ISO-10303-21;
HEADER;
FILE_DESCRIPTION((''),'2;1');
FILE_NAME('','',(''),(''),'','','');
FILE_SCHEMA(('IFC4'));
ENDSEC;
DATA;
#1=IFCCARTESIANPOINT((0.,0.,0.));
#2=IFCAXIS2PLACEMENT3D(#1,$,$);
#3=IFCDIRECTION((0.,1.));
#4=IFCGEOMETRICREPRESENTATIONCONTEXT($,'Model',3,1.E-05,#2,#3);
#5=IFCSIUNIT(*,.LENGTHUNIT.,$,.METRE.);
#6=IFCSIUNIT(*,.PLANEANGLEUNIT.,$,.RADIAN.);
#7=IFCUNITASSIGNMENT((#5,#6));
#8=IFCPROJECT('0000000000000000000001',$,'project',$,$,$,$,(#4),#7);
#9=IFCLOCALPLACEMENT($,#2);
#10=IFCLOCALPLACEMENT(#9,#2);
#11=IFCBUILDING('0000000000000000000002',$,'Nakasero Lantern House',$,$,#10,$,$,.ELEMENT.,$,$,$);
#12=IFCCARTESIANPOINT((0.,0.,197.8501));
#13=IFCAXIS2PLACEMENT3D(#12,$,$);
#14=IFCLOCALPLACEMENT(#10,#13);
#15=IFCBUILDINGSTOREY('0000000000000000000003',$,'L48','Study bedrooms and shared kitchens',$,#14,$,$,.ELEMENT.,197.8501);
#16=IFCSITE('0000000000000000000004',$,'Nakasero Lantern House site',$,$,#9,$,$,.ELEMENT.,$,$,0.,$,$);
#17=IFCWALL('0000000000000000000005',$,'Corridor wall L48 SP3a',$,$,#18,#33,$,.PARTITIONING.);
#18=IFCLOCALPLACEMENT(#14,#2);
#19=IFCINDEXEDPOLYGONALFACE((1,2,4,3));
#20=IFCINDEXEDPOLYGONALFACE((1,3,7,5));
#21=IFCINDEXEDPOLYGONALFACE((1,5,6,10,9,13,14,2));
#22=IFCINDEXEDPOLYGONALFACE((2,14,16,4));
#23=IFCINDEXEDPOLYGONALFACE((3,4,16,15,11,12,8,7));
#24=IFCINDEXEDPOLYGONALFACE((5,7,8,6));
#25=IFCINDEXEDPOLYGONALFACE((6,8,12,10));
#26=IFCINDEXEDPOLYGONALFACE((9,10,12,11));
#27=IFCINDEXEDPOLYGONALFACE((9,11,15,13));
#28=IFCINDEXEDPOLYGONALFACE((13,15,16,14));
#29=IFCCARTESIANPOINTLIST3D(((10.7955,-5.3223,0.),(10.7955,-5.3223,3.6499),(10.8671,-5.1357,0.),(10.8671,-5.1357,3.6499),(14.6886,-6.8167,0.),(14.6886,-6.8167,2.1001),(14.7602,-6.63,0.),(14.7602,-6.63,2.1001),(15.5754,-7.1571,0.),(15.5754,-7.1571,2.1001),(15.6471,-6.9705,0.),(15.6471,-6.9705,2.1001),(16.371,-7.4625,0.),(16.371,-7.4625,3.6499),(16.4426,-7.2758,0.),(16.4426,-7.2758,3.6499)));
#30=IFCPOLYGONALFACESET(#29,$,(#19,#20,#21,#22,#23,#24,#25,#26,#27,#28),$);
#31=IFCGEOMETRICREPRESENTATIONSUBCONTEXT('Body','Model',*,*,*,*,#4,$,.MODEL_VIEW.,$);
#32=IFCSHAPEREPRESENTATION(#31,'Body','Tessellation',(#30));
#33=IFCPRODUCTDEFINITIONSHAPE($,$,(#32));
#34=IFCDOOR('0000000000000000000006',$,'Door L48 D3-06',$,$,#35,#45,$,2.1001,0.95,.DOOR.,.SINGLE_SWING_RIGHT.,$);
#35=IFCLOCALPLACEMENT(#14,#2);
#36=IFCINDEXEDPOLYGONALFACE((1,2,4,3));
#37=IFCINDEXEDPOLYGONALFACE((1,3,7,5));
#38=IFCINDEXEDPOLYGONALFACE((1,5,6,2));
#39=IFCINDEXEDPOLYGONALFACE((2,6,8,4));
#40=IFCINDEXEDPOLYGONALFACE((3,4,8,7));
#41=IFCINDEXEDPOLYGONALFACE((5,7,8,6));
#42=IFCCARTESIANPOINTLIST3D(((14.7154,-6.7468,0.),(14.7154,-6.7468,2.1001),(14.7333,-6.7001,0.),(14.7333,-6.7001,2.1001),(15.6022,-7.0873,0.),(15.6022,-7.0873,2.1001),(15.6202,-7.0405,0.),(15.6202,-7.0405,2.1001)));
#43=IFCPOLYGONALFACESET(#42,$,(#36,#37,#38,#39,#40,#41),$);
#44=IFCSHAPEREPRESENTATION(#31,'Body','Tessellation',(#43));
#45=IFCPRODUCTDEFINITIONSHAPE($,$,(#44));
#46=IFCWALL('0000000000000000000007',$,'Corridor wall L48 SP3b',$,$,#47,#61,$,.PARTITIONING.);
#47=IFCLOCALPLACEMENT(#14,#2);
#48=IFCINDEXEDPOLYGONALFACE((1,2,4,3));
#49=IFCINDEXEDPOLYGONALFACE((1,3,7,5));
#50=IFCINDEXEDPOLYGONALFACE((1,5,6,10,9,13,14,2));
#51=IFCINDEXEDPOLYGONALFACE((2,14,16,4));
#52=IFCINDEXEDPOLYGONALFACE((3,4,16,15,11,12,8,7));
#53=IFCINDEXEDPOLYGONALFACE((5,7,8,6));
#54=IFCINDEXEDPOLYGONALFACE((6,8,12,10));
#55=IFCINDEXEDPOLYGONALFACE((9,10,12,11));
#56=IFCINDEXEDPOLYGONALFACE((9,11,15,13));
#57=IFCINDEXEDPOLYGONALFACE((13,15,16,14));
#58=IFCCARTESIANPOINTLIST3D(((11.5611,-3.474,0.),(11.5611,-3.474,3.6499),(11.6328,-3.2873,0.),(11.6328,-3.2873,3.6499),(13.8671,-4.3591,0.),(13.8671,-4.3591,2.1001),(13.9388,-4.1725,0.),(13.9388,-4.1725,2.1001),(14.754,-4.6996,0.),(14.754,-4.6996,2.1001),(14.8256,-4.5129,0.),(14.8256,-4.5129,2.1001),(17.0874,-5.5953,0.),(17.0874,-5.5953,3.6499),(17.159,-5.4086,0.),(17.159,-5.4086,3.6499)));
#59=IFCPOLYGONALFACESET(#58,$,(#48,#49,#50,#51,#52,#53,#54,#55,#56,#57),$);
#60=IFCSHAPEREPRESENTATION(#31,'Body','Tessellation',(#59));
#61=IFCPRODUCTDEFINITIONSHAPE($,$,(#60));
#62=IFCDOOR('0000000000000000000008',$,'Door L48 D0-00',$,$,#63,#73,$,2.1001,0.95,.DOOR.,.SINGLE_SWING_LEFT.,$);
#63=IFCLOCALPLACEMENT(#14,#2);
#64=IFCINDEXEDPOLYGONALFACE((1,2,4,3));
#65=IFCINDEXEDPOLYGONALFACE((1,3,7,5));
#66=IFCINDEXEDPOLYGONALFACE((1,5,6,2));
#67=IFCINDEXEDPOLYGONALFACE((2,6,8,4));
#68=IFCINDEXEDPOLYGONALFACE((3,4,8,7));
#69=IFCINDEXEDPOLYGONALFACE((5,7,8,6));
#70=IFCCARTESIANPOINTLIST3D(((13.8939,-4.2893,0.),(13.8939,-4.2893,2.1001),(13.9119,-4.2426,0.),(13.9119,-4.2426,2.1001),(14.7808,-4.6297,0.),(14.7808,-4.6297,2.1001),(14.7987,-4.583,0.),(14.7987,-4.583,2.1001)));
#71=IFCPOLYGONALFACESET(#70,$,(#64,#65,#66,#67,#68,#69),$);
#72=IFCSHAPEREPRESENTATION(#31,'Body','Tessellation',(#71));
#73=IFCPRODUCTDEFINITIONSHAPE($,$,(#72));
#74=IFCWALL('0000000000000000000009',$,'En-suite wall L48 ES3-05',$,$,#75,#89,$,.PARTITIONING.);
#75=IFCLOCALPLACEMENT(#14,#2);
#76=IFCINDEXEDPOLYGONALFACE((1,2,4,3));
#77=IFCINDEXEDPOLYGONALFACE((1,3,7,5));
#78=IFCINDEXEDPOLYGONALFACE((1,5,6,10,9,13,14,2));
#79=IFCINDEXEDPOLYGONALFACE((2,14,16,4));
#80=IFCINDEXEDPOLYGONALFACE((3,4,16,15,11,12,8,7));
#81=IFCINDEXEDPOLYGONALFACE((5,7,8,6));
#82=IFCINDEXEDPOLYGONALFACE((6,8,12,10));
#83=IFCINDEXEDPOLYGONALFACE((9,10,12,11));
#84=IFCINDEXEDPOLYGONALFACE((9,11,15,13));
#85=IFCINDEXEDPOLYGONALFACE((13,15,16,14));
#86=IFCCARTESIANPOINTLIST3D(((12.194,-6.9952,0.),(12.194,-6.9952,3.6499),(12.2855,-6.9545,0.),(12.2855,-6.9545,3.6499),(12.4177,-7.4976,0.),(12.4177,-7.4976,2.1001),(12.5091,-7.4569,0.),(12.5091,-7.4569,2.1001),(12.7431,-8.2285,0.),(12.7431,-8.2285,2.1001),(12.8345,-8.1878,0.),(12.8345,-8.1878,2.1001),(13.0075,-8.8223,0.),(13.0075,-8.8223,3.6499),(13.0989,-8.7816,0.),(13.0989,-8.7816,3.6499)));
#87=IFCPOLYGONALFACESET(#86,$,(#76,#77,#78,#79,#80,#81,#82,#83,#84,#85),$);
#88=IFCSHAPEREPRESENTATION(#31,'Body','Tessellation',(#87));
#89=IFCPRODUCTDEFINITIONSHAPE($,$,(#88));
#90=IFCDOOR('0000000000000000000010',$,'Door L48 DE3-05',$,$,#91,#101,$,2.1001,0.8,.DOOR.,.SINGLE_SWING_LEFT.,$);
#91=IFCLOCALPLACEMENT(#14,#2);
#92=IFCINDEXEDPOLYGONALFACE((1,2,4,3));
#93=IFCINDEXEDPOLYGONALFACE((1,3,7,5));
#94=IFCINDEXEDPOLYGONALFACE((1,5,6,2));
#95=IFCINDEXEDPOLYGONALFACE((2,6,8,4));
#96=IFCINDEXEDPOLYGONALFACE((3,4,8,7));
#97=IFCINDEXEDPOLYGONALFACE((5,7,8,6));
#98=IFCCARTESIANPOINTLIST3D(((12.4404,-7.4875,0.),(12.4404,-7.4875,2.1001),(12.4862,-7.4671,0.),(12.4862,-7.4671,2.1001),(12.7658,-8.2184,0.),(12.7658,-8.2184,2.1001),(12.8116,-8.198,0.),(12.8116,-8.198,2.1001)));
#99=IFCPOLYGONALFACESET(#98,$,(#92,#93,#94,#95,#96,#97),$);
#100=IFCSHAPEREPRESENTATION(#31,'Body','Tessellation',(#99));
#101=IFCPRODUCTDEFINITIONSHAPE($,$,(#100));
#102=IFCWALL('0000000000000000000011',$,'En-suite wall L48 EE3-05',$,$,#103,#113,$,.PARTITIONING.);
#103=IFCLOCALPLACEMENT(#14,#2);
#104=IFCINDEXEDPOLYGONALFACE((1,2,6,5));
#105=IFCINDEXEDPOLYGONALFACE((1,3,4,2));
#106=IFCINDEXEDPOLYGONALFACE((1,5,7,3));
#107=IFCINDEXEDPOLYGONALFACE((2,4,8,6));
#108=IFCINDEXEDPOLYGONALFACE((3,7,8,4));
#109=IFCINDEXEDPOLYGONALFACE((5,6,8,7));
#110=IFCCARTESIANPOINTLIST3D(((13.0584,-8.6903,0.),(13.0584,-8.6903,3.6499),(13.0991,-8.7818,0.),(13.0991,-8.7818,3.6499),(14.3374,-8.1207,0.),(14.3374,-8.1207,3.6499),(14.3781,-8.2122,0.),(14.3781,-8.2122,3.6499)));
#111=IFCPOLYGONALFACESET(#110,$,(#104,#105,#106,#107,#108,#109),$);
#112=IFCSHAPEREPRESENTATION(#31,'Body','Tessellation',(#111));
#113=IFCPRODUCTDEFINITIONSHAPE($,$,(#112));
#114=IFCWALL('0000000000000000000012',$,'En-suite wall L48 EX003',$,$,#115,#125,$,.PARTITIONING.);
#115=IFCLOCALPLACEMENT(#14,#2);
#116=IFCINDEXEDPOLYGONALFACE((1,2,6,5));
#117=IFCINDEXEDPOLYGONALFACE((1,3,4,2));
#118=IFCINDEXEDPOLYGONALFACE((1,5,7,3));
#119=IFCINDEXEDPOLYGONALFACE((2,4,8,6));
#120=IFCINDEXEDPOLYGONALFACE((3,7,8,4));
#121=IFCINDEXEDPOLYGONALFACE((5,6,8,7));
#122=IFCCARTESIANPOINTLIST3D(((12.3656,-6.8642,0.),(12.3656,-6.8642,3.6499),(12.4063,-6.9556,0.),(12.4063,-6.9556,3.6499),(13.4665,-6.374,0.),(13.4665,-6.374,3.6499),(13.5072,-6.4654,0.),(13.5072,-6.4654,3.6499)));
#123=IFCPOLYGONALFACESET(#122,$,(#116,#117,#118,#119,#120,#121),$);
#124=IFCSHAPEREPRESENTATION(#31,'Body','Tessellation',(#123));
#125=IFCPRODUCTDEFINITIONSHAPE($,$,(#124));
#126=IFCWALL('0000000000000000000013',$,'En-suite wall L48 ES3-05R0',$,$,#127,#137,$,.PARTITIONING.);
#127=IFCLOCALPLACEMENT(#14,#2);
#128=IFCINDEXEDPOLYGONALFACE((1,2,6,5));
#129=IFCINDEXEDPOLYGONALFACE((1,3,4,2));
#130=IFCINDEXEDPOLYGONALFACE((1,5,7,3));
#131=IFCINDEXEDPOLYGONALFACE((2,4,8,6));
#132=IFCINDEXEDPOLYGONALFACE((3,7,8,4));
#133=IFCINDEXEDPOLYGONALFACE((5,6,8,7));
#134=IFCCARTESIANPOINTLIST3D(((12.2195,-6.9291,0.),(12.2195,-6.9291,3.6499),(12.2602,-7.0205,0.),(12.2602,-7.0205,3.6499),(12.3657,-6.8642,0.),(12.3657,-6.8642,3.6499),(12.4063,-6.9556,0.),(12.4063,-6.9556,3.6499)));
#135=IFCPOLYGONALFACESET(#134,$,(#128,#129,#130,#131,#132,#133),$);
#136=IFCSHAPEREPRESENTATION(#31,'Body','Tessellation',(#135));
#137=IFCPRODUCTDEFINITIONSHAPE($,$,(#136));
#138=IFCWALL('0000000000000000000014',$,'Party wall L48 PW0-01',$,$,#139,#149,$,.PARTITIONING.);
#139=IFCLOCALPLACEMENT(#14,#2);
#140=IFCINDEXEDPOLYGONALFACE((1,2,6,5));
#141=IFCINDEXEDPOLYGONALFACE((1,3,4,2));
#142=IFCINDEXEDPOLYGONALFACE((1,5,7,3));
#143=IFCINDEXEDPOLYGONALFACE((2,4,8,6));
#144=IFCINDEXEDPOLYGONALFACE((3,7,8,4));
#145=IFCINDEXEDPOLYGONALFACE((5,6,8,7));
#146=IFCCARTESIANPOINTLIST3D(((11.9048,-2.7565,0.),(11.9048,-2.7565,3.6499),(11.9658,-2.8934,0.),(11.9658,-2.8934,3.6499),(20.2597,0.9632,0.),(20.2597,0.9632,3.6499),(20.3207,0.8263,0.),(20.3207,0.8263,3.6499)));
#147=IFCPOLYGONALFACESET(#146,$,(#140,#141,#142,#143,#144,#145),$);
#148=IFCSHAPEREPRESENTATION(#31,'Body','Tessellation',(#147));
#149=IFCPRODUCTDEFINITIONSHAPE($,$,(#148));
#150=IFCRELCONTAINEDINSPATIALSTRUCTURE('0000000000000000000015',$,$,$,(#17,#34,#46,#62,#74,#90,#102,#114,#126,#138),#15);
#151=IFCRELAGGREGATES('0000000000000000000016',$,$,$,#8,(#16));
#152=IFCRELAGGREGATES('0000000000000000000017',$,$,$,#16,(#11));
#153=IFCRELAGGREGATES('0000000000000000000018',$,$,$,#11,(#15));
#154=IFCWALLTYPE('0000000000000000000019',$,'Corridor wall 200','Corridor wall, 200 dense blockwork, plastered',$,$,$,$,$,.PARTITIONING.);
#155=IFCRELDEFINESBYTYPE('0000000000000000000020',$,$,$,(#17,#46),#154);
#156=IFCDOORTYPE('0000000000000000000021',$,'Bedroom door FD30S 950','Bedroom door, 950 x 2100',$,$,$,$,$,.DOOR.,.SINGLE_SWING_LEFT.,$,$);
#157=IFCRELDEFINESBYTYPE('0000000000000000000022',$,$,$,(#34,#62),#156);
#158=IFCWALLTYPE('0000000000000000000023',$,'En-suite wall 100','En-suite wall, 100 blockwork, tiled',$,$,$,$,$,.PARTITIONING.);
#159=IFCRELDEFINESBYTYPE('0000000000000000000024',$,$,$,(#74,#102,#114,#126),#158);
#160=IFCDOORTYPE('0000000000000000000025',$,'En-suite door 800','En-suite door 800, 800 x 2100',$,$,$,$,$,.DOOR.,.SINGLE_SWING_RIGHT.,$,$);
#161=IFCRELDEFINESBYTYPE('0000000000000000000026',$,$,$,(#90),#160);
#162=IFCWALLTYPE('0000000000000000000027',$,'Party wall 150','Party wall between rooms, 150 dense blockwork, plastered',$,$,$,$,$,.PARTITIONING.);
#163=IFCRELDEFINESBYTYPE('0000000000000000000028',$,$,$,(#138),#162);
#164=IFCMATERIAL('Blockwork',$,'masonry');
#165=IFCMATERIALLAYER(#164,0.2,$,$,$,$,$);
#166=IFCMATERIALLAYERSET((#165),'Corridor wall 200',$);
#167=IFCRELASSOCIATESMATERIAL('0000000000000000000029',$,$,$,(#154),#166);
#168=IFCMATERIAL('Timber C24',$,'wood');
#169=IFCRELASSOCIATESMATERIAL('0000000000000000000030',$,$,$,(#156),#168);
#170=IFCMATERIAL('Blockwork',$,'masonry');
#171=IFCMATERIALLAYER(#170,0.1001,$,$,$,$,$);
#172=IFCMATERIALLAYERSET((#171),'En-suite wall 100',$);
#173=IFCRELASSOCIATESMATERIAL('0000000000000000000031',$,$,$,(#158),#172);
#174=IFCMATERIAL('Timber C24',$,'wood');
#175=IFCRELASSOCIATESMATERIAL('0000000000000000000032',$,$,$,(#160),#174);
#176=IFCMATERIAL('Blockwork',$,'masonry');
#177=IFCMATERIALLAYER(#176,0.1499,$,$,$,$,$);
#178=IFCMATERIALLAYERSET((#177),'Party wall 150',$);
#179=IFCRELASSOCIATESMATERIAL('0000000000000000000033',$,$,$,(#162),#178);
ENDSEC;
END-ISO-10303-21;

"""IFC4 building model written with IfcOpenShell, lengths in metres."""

from ifc_helpers import new_model, si_unit, direction, frame, frame_2d, origin, place, context, subcontext, project, spatial, rectangle, extrude, material, layer, layer_set, type_object, element, fill, save


model = new_model("IFC4")

# Units and contexts
model_context = context("Model", 3, precision=1e-05, world=origin(), true_north=direction((0.0, 1.0)))
body_context = subcontext(model_context, "Body", "Model", "MODEL_VIEW")
ifc_project = project(units=[si_unit("LENGTHUNIT", "METRE"), si_unit("PLANEANGLEUNIT", "RADIAN")], contexts=[model_context])

# Site, building, storey
site_placement = place(None, origin())
site = spatial("IfcSite", under=ifc_project, at=site_placement, Name="Nakasero Lantern House site", CompositionType="ELEMENT", RefElevation=0.0)
building_placement = place(site_placement, origin())
building = spatial("IfcBuilding", under=site, at=building_placement, Name="Nakasero Lantern House", CompositionType="ELEMENT")
storey_placement = place(building_placement, frame((0.0, 0.0, 197.8501)))
storey = spatial("IfcBuildingStorey", under=building, at=storey_placement, Name="L48", Description="Study bedrooms and shared kitchens", CompositionType="ELEMENT", Elevation=197.8501)

# Shared definitions
ifc_material_1 = material(Name="Blockwork", Category="masonry")
ifc_layer_1 = layer(ifc_material_1, 0.2)
ifc_layer_set_1 = layer_set([ifc_layer_1], Name="Corridor wall 200")
wall_type_1 = type_object("IfcWallType", Name="Corridor wall 200", Description="Corridor wall, 200 dense blockwork, plastered", PredefinedType="PARTITIONING", material=ifc_layer_set_1)

# Walls, openings, doors
wall_1_placement = place(storey_placement, frame((10.8313, -5.229, 0.0), z_axis=(0.0, 0.0, 1.0), x_axis=(0.933585, -0.358357, 0.0)))
wall_1 = element("IfcWall", 1, at=wall_1_placement, inside=storey, type_object=wall_type_1, Name="Corridor wall L48 SP3a", PredefinedType="PARTITIONING", context=body_context, shape_type="SweptSolid", body=[
    extrude(rectangle(XDim=5.9722, YDim=0.2, at=frame_2d((2.9861, 0.0))), origin(), (0.0, 0.0, 1.0), 3.6499),
])
opening_1_placement = place(wall_1_placement, frame((4.1699, 0.0, 0.0)))
opening_1 = element("IfcOpeningElement", 2, at=opening_1_placement, cuts=wall_1, PredefinedType="OPENING", context=body_context, shape_type="SweptSolid", body=[
    extrude(rectangle(XDim=0.95, YDim=2.1001, at=frame_2d((0.4751, 1.05))), frame((0.0, 0.1199, 0.0), z_axis=(0.0, -1.0, 0.0), x_axis=(1.0, 0.0, 0.0)), (0.0, 0.0, 1.0), 0.24),
])
ifc_material_2 = material(Name="Timber C24", Category="wood")
door_type_1 = type_object("IfcDoorType", Name="Bedroom door FD30S 950", Description="Bedroom door, 950 x 2100", OperationType="SINGLE_SWING_LEFT", PredefinedType="DOOR", material=ifc_material_2)
door_1_placement = place(opening_1_placement, origin())
door_1 = element("IfcDoor", 3, at=door_1_placement, inside=storey, type_object=door_type_1, Name="Door L48 D3-06", OperationType="SINGLE_SWING_RIGHT", OverallHeight=2.1001, OverallWidth=0.95, PredefinedType="DOOR", context=body_context, shape_type="SweptSolid", body=[
    extrude(rectangle(XDim=0.95, YDim=2.1001, at=frame_2d((0.4751, 1.05))), frame((0.0, 0.0249, 0.0), z_axis=(0.0, -1.0, 0.0), x_axis=(1.0, 0.0, 0.0)), (0.0, 0.0, 1.0), 0.05),
])
fill(opening_1, door_1)
wall_2_placement = place(storey_placement, frame((11.5969, -3.3806, 0.0), z_axis=(0.0, 0.0, 1.0), x_axis=(0.933582, -0.358363, 0.0)))
wall_2 = element("IfcWall", 4, at=wall_2_placement, inside=storey, type_object=wall_type_1, Name="Corridor wall L48 SP3b", PredefinedType="PARTITIONING", context=body_context, shape_type="SweptSolid", body=[
    extrude(rectangle(XDim=5.9194, YDim=0.2, at=frame_2d((2.9597, 0.0))), origin(), (0.0, 0.0, 1.0), 3.6499),
])
opening_2_placement = place(wall_2_placement, frame((2.47, 0.0, 0.0)))
opening_2 = element("IfcOpeningElement", 5, at=opening_2_placement, cuts=wall_2, PredefinedType="OPENING", context=body_context, shape_type="SweptSolid", body=[
    extrude(rectangle(XDim=0.95, YDim=2.1001, at=frame_2d((0.4751, 1.05))), frame((0.0, 0.1199, 0.0), z_axis=(0.0, -1.0, 0.0), x_axis=(1.0, 0.0, 0.0)), (0.0, 0.0, 1.0), 0.24),
])
door_2_placement = place(opening_2_placement, origin())
door_2 = element("IfcDoor", 6, at=door_2_placement, inside=storey, type_object=door_type_1, Name="Door L48 D0-00", OperationType="SINGLE_SWING_LEFT", OverallHeight=2.1001, OverallWidth=0.95, PredefinedType="DOOR", context=body_context, shape_type="SweptSolid", body=[
    extrude(rectangle(XDim=0.95, YDim=2.1001, at=frame_2d((0.4751, 1.05))), frame((0.0, 0.0249, 0.0), z_axis=(0.0, -1.0, 0.0), x_axis=(1.0, 0.0, 0.0)), (0.0, 0.0, 1.0), 0.05),
])
fill(opening_2, door_2)
ifc_material_3 = material(Name="Blockwork", Category="masonry")
ifc_layer_2 = layer(ifc_material_3, 0.1001)
ifc_layer_set_2 = layer_set([ifc_layer_2], Name="En-suite wall 100")
wall_type_2 = type_object("IfcWallType", Name="En-suite wall 100", Description="En-suite wall, 100 blockwork, tiled", PredefinedType="PARTITIONING", material=ifc_layer_set_2)
wall_3_placement = place(storey_placement, frame((12.2397, -6.9749, 0.0), z_axis=(0.0, 0.0, 1.0), x_axis=(0.406727, -0.91355, 0.0)))
wall_3 = element("IfcWall", 7, at=wall_3_placement, inside=storey, type_object=wall_type_2, Name="En-suite wall L48 ES3-05", PredefinedType="PARTITIONING", context=body_context, shape_type="SweptSolid", body=[
    extrude(rectangle(XDim=2.0, YDim=0.1001, at=frame_2d((1.0, 0.0))), origin(), (0.0, 0.0, 1.0), 3.6499),
])
opening_3_placement = place(wall_3_placement, frame((0.55, 0.0, 0.0)))
opening_3 = element("IfcOpeningElement", 8, at=opening_3_placement, cuts=wall_3, PredefinedType="OPENING", context=body_context, shape_type="SweptSolid", body=[
    extrude(rectangle(XDim=0.8, YDim=2.1001, at=frame_2d((0.3999, 1.05))), frame((0.0, 0.0701, 0.0), z_axis=(0.0, -1.0, 0.0), x_axis=(1.0, 0.0, 0.0)), (0.0, 0.0, 1.0), 0.1401),
])
ifc_material_4 = material(Name="Timber C24", Category="wood")
door_type_2 = type_object("IfcDoorType", Name="En-suite door 800", Description="En-suite door 800, 800 x 2100", OperationType="SINGLE_SWING_RIGHT", PredefinedType="DOOR", material=ifc_material_4)
door_3_placement = place(opening_3_placement, origin())
door_3 = element("IfcDoor", 9, at=door_3_placement, inside=storey, type_object=door_type_2, Name="Door L48 DE3-05", OperationType="SINGLE_SWING_LEFT", OverallHeight=2.1001, OverallWidth=0.8, PredefinedType="DOOR", context=body_context, shape_type="SweptSolid", body=[
    extrude(rectangle(XDim=0.8, YDim=2.1001, at=frame_2d((0.3999, 1.05))), frame((0.0, 0.0249, 0.0), z_axis=(0.0, -1.0, 0.0), x_axis=(1.0, 0.0, 0.0)), (0.0, 0.0, 1.0), 0.05),
])
fill(opening_3, door_3)

# Walls
wall_4_placement = place(storey_placement, frame((13.0786, -8.7361, 0.0), z_axis=(0.0, 0.0, 1.0), x_axis=(0.913516, 0.406802, 0.0)))
element("IfcWall", 10, at=wall_4_placement, inside=storey, type_object=wall_type_2, Name="En-suite wall L48 EE3-05", PredefinedType="PARTITIONING", context=body_context, shape_type="SweptSolid", body=[
    extrude(rectangle(XDim=1.4001, YDim=0.1001, at=frame_2d((0.7002, 0.0))), origin(), (0.0, 0.0, 1.0), 3.6499),
])
wall_5_placement = place(storey_placement, frame((13.4868, -6.4197, 0.0), z_axis=(0.0, 0.0, 1.0), x_axis=(-0.913511, -0.406815, 0.0)))
element("IfcWall", 11, at=wall_5_placement, inside=storey, type_object=wall_type_2, Name="En-suite wall L48 EX003", PredefinedType="PARTITIONING", context=body_context, shape_type="SweptSolid", body=[
    extrude(rectangle(XDim=1.2051, YDim=0.1001, at=frame_2d((0.6025, 0.0))), origin(), (0.0, 0.0, 1.0), 3.6499),
])
wall_6_placement = place(storey_placement, frame((12.2397, -6.9749, 0.0), z_axis=(0.0, 0.0, 1.0), x_axis=(0.913937, 0.405855, 0.0)))
element("IfcWall", 12, at=wall_6_placement, inside=storey, type_object=wall_type_2, Name="En-suite wall L48 ES3-05R0", PredefinedType="PARTITIONING", context=body_context, shape_type="SweptSolid", body=[
    extrude(rectangle(XDim=0.1599, YDim=0.1001, at=frame_2d((0.0801, 0.0))), origin(), (0.0, 0.0, 1.0), 3.6499),
])
ifc_material_5 = material(Name="Blockwork", Category="masonry")
ifc_layer_3 = layer(ifc_material_5, 0.1499)
ifc_layer_set_3 = layer_set([ifc_layer_3], Name="Party wall 150")
wall_type_3 = type_object("IfcWallType", Name="Party wall 150", Description="Party wall between rooms, 150 dense blockwork, plastered", PredefinedType="PARTITIONING", material=ifc_layer_set_3)
wall_7_placement = place(storey_placement, frame((11.9353, -2.825, 0.0), z_axis=(0.0, 0.0, 1.0), x_axis=(0.913552, 0.406723, 0.0)))
element("IfcWall", 13, at=wall_7_placement, inside=storey, type_object=wall_type_3, Name="Party wall L48 PW0-01", PredefinedType="PARTITIONING", context=body_context, shape_type="SweptSolid", body=[
    extrude(rectangle(XDim=9.1455, YDim=0.1499, at=frame_2d((4.5728, 0.0))), origin(), (0.0, 0.0, 1.0), 3.6499),
])

save(model, "model.ifc")
